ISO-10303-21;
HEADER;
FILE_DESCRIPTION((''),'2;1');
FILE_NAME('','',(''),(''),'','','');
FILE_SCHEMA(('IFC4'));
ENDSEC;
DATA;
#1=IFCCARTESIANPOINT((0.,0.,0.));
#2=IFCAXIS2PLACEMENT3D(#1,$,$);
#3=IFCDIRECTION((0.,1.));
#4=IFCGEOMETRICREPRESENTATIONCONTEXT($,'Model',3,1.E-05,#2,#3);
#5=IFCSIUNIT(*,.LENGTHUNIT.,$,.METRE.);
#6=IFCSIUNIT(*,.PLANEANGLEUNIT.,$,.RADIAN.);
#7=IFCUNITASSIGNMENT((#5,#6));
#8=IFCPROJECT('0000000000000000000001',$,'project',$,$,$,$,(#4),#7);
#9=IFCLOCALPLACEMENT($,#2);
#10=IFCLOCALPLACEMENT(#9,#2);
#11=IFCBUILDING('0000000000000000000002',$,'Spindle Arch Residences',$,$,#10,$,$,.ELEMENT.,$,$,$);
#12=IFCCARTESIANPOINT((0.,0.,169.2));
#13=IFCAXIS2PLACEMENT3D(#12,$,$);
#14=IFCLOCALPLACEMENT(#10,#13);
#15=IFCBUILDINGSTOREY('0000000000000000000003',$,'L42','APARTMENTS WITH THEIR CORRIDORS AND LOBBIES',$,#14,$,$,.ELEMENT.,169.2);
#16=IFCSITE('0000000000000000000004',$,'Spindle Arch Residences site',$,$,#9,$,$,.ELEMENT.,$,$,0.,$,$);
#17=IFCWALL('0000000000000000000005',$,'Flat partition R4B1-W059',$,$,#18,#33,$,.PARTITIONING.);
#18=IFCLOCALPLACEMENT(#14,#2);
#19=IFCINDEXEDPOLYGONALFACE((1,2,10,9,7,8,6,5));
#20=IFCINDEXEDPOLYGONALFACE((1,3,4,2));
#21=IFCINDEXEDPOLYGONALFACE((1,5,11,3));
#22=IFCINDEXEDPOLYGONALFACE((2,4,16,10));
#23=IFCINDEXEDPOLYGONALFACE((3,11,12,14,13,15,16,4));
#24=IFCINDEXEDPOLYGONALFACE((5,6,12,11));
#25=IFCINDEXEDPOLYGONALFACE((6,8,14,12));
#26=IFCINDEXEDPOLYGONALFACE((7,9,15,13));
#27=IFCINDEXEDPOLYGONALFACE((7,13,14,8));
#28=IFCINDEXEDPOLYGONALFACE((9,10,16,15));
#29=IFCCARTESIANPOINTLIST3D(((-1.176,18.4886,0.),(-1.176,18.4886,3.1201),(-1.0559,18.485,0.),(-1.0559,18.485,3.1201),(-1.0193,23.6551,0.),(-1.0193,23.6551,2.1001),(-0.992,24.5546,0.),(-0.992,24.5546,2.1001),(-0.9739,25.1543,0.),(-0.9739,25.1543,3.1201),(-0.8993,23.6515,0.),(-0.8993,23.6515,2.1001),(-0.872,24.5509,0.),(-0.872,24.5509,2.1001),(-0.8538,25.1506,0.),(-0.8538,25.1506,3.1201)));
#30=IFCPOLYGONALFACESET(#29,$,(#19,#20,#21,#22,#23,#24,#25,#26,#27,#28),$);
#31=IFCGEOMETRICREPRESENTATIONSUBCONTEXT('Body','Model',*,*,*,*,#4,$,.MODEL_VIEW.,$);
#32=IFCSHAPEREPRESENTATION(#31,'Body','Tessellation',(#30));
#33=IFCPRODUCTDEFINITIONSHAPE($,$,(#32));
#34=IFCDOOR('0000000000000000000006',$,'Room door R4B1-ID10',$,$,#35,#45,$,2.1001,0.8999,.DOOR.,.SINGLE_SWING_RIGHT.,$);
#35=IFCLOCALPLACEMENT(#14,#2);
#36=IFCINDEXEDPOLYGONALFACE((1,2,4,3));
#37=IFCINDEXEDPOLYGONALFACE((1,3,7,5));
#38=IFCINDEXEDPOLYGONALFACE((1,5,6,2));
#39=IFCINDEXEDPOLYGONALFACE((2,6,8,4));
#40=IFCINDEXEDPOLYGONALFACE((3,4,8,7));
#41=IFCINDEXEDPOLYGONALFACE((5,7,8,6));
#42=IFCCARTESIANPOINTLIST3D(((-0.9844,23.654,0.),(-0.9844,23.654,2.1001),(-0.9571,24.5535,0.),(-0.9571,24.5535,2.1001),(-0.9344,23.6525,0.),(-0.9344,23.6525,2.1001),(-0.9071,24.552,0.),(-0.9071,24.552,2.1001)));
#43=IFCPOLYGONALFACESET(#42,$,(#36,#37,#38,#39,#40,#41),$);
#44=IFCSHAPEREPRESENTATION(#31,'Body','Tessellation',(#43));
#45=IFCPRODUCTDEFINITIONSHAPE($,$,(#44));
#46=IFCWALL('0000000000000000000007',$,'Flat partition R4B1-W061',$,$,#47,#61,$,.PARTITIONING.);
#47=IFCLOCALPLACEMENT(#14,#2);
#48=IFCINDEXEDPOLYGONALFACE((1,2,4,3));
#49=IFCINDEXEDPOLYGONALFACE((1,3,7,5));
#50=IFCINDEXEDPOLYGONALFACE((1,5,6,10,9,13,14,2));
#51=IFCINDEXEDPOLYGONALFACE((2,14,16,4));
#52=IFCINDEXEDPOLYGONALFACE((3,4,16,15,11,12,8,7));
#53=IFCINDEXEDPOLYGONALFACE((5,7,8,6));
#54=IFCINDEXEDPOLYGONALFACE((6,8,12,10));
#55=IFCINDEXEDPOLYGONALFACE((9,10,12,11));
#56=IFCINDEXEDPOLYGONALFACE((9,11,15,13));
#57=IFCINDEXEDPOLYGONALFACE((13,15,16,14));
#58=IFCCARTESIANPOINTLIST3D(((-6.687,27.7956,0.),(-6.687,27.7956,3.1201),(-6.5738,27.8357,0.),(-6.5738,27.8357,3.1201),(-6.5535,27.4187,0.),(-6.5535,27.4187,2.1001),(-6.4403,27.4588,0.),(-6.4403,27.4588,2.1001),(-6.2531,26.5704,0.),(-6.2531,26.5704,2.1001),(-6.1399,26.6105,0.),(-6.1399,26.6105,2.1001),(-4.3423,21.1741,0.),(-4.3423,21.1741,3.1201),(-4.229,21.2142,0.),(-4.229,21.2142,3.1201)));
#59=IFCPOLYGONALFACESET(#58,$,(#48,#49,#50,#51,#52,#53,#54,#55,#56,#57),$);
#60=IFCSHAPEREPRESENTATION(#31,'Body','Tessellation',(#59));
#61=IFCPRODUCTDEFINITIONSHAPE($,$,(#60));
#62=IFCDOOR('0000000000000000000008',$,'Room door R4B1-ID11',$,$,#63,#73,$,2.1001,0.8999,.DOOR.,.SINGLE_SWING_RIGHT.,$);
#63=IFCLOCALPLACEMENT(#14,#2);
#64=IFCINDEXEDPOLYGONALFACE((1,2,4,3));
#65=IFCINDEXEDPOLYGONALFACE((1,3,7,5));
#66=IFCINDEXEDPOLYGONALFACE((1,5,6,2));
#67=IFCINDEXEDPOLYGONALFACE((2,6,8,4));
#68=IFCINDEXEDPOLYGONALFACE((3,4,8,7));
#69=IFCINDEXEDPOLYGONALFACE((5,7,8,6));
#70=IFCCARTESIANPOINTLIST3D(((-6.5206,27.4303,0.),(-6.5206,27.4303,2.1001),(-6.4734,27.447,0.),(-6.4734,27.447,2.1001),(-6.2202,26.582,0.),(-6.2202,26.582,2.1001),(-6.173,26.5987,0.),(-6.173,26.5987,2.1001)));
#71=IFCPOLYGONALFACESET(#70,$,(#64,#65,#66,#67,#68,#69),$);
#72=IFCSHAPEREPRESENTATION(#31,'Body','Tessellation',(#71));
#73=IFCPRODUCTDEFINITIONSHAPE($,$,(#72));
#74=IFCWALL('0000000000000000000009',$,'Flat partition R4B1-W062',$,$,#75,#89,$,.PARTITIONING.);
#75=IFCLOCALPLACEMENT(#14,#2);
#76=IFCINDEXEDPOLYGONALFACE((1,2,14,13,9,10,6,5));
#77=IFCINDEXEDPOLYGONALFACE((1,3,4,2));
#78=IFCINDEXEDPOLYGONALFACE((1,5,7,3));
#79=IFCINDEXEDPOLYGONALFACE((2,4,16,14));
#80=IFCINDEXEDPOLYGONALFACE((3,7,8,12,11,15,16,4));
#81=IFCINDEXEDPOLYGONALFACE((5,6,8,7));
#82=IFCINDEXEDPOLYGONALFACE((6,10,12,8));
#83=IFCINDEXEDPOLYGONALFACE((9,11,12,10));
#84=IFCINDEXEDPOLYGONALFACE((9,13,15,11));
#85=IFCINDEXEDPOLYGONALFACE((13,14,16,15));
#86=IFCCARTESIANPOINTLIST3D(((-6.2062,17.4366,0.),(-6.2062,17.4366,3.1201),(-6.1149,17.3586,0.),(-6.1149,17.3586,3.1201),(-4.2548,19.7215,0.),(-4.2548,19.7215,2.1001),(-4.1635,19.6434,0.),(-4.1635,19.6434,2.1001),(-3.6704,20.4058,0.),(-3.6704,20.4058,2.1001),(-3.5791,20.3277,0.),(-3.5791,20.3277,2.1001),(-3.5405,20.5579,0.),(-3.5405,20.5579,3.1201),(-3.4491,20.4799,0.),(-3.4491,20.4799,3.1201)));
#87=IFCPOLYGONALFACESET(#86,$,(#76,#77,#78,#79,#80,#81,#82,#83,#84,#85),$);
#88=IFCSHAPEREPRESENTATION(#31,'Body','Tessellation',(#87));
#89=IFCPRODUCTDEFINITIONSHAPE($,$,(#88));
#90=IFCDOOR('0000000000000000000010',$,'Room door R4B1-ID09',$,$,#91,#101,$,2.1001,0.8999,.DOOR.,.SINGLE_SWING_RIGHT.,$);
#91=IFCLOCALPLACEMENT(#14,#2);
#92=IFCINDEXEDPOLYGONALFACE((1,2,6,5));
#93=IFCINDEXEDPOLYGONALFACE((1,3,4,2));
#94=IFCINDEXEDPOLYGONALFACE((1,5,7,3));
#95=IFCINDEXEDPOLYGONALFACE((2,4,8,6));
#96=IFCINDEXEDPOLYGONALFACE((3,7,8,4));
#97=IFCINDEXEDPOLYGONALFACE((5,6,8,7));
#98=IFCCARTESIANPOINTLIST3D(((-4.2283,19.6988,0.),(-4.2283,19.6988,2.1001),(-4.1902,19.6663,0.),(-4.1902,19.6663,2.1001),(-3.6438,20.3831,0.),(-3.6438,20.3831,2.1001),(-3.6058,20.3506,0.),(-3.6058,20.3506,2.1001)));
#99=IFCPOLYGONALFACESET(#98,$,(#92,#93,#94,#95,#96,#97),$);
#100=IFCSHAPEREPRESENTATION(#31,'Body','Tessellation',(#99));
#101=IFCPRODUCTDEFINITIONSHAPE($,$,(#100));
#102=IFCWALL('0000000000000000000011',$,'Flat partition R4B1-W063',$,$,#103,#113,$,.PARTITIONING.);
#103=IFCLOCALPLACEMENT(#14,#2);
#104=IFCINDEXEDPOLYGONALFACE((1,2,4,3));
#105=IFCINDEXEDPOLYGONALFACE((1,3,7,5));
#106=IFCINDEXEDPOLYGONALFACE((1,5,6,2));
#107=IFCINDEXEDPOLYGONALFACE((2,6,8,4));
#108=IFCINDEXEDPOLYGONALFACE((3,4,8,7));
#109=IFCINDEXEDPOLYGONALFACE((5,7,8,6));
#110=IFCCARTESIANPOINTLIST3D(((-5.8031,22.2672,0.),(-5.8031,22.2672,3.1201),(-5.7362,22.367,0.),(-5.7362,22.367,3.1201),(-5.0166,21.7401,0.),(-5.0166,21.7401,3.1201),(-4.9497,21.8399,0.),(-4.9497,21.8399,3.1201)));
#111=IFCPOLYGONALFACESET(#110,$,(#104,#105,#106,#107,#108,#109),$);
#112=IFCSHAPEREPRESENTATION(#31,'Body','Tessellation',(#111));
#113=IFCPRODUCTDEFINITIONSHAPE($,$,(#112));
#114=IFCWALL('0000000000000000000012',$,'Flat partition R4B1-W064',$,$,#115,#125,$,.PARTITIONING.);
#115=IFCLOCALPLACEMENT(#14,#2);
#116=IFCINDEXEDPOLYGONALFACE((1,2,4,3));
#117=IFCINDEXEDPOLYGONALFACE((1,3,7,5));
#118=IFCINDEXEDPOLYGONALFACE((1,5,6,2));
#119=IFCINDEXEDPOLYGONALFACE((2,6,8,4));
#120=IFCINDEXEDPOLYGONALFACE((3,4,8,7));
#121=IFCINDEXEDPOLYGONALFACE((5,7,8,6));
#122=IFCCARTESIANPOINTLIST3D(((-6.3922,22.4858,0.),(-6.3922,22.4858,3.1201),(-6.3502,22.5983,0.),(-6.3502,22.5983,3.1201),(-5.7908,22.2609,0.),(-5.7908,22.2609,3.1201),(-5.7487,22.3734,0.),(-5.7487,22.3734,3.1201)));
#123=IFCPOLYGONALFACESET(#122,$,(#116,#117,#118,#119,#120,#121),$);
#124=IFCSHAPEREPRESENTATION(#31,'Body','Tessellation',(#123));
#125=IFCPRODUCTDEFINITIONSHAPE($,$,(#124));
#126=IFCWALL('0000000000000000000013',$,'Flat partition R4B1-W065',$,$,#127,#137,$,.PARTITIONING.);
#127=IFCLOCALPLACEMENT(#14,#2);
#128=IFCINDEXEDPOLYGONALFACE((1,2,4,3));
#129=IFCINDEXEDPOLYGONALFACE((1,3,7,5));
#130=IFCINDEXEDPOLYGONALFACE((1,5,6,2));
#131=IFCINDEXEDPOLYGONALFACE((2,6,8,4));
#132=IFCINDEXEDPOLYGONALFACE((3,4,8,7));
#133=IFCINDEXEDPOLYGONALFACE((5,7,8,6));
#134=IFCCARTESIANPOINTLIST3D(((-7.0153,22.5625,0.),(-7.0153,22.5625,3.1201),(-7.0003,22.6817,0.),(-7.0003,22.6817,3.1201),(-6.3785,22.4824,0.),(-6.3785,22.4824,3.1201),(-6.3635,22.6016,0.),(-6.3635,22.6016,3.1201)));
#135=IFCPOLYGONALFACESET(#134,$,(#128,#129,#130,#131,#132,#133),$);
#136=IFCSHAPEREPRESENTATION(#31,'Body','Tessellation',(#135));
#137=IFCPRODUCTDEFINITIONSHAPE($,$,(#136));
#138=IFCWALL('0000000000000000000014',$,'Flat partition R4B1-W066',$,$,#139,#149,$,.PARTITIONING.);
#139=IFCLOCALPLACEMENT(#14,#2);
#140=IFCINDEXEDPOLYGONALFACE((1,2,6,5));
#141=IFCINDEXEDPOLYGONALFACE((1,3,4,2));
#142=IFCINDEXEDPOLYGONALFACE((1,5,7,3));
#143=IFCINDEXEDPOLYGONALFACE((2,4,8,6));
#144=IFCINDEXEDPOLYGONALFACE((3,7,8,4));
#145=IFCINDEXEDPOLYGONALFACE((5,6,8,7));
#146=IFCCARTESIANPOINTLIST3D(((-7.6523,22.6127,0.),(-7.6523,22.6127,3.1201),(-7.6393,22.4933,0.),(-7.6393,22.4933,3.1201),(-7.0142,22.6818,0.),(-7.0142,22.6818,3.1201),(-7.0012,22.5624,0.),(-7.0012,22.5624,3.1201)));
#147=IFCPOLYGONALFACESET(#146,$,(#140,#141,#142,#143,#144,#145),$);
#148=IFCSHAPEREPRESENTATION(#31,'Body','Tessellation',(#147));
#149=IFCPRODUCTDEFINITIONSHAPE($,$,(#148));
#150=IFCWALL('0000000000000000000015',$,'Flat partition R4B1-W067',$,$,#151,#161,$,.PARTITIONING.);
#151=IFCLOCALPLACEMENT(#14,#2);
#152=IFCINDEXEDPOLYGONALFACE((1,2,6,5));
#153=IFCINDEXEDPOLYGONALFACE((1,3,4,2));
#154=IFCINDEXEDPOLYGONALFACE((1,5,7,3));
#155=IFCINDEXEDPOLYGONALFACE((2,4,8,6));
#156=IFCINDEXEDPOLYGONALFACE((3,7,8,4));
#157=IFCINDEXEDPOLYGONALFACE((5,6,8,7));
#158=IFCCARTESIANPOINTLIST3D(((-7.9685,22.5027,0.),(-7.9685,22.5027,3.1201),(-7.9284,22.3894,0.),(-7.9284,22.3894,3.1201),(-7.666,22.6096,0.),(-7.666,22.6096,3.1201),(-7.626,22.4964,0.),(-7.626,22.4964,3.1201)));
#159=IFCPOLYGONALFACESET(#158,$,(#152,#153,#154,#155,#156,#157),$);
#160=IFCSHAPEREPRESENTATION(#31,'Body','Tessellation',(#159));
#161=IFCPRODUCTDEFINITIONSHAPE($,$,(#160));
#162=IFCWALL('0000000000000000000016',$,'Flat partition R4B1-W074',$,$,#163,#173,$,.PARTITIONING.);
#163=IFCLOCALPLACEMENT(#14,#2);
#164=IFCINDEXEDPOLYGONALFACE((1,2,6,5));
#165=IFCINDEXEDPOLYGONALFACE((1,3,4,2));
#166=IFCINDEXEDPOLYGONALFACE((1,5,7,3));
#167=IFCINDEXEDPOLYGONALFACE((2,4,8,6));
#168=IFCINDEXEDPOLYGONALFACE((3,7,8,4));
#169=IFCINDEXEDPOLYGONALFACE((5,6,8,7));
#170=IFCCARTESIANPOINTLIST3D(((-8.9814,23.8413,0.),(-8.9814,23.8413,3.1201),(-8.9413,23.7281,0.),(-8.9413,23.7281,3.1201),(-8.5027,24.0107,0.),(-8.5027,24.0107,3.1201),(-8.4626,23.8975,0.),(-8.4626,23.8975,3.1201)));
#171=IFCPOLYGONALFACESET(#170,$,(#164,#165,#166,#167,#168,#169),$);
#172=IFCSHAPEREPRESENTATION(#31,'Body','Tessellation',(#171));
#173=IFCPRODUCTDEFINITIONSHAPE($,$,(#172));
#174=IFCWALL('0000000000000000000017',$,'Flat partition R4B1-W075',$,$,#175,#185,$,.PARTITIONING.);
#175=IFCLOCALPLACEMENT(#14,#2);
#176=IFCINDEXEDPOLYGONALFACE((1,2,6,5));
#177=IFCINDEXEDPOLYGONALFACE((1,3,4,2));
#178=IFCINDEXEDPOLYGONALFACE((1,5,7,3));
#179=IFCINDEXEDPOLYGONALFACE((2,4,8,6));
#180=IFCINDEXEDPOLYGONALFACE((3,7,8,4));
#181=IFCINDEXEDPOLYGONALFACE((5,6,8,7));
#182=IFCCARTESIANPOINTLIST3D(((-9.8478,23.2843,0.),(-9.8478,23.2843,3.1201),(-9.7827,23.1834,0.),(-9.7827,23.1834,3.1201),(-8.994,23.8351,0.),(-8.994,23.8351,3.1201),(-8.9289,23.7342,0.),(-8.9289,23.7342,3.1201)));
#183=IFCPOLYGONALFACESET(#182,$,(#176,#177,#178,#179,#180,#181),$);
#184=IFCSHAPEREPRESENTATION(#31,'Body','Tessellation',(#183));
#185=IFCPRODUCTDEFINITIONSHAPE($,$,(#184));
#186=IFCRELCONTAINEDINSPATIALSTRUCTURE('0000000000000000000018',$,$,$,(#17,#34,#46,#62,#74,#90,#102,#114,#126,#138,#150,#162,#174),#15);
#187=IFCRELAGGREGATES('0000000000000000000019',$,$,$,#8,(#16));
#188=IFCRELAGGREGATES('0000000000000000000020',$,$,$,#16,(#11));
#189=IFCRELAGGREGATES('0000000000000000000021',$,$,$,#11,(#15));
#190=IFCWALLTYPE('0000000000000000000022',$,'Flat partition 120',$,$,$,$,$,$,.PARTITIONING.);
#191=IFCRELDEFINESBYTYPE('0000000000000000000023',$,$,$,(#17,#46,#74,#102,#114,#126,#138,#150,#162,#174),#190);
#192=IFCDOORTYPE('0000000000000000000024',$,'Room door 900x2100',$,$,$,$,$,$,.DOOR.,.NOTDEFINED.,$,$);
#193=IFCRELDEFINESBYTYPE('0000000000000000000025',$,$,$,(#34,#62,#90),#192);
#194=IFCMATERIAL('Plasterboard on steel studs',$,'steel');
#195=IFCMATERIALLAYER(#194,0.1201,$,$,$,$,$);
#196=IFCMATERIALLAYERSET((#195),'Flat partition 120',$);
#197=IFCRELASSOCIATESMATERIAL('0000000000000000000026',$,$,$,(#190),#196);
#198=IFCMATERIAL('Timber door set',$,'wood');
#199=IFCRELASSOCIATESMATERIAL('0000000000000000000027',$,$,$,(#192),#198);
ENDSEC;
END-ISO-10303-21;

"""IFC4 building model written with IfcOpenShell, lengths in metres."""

from ifc_helpers import new_model, si_unit, direction, frame, frame_2d, origin, place, context, subcontext, project, spatial, rectangle, extrude, material, layer, layer_set, type_object, element, fill, save


model = new_model("IFC4")

# Units and contexts
model_context = context("Model", 3, precision=1e-05, world=origin(), true_north=direction((0.0, 1.0)))
body_context = subcontext(model_context, "Body", "Model", "MODEL_VIEW")
ifc_project = project(units=[si_unit("LENGTHUNIT", "METRE"), si_unit("PLANEANGLEUNIT", "RADIAN")], contexts=[model_context])

# Site, building, storey
site_placement = place(None, origin())
site = spatial("IfcSite", under=ifc_project, at=site_placement, Name="Spindle Arch Residences site", CompositionType="ELEMENT", RefElevation=0.0)
building_placement = place(site_placement, origin())
building = spatial("IfcBuilding", under=site, at=building_placement, Name="Spindle Arch Residences", CompositionType="ELEMENT")
storey_placement = place(building_placement, frame((0.0, 0.0, 169.2)))
storey = spatial("IfcBuildingStorey", under=building, at=storey_placement, Name="L42", Description="APARTMENTS WITH THEIR CORRIDORS AND LOBBIES", CompositionType="ELEMENT", Elevation=169.2)

# Shared definitions
ifc_material_1 = material(Name="Plasterboard on steel studs", Category="steel")
ifc_layer_1 = layer(ifc_material_1, 0.1201)
ifc_layer_set_1 = layer_set([ifc_layer_1], Name="Flat partition 120")
wall_type_1 = type_object("IfcWallType", Name="Flat partition 120", PredefinedType="PARTITIONING", material=ifc_layer_set_1)

# Walls, openings, doors
wall_1_placement = place(storey_placement, frame((-0.9138, 25.1526, 0.0), z_axis=(0.0, 0.0, 1.0), x_axis=(-0.030314, -0.99954, 0.0)))
wall_1 = element("IfcWall", 1, at=wall_1_placement, inside=storey, type_object=wall_type_1, Name="Flat partition R4B1-W059", PredefinedType="PARTITIONING", context=body_context, shape_type="SweptSolid", body=[
    extrude(rectangle(XDim=6.6687, YDim=0.1201, at=frame_2d((3.3345, 0.0))), origin(), (0.0, 0.0, 1.0), 3.1201),
])
opening_1_placement = place(wall_1_placement, frame((0.6001, 0.0, 0.0)))
opening_1 = element("IfcOpeningElement", 2, at=opening_1_placement, cuts=wall_1, PredefinedType="OPENING", context=body_context, shape_type="SweptSolid", body=[
    extrude(rectangle(XDim=0.8999, YDim=2.1001, at=frame_2d((0.45, 1.05))), frame((0.0, 0.0701, 0.0), z_axis=(0.0, -1.0, 0.0), x_axis=(1.0, 0.0, 0.0)), (0.0, 0.0, 1.0), 0.1401),
])
ifc_material_2 = material(Name="Timber door set", Category="wood")
door_type = type_object("IfcDoorType", Name="Room door 900x2100", OperationType="NOTDEFINED", PredefinedType="DOOR", material=ifc_material_2)
door_1_placement = place(opening_1_placement, origin())
door_1 = element("IfcDoor", 3, at=door_1_placement, inside=storey, type_object=door_type, Name="Room door R4B1-ID10", OperationType="SINGLE_SWING_RIGHT", OverallHeight=2.1001, OverallWidth=0.8999, PredefinedType="DOOR", context=body_context, shape_type="SweptSolid", body=[
    extrude(rectangle(XDim=0.8999, YDim=2.1001, at=frame_2d((0.45, 1.05))), frame((0.0, 0.0249, 0.0), z_axis=(0.0, -1.0, 0.0), x_axis=(1.0, 0.0, 0.0)), (0.0, 0.0, 1.0), 0.05),
])
fill(opening_1, door_1)
wall_2_placement = place(storey_placement, frame((-6.6304, 27.8157, 0.0), z_axis=(0.0, 0.0, 1.0), x_axis=(0.333794, -0.942646, 0.0)))
wall_2 = element("IfcWall", 4, at=wall_2_placement, inside=storey, type_object=wall_type_1, Name="Flat partition R4B1-W061", PredefinedType="PARTITIONING", context=body_context, shape_type="SweptSolid", body=[
    extrude(rectangle(XDim=7.0244, YDim=0.1201, at=frame_2d((3.5122, 0.0))), origin(), (0.0, 0.0, 1.0), 3.1201),
])
opening_2_placement = place(wall_2_placement, frame((0.3999, 0.0, 0.0)))
opening_2 = element("IfcOpeningElement", 5, at=opening_2_placement, cuts=wall_2, PredefinedType="OPENING", context=body_context, shape_type="SweptSolid", body=[
    extrude(rectangle(XDim=0.8999, YDim=2.1001, at=frame_2d((0.45, 1.05))), frame((0.0, 0.0701, 0.0), z_axis=(0.0, -1.0, 0.0), x_axis=(1.0, 0.0, 0.0)), (0.0, 0.0, 1.0), 0.1401),
])
door_2_placement = place(opening_2_placement, origin())
door_2 = element("IfcDoor", 6, at=door_2_placement, inside=storey, type_object=door_type, Name="Room door R4B1-ID11", OperationType="SINGLE_SWING_RIGHT", OverallHeight=2.1001, OverallWidth=0.8999, PredefinedType="DOOR", context=body_context, shape_type="SweptSolid", body=[
    extrude(rectangle(XDim=0.8999, YDim=2.1001, at=frame_2d((0.45, 1.05))), frame((0.0, 0.0249, 0.0), z_axis=(0.0, -1.0, 0.0), x_axis=(1.0, 0.0, 0.0)), (0.0, 0.0, 1.0), 0.05),
])
fill(opening_2, door_2)
wall_3_placement = place(storey_placement, frame((-3.4949, 20.5188, 0.0), z_axis=(0.0, 0.0, 1.0), x_axis=(-0.649434, -0.760418, 0.0)))
wall_3 = element("IfcWall", 7, at=wall_3_placement, inside=storey, type_object=wall_type_1, Name="Flat partition R4B1-W062", PredefinedType="PARTITIONING", context=body_context, shape_type="SweptSolid", body=[
    extrude(rectangle(XDim=4.1047, YDim=0.1201, at=frame_2d((2.0522, 0.0))), origin(), (0.0, 0.0, 1.0), 3.1201),
])
opening_3_placement = place(wall_3_placement, frame((0.2, 0.0, 0.0)))
opening_3 = element("IfcOpeningElement", 8, at=opening_3_placement, cuts=wall_3, PredefinedType="OPENING", context=body_context, shape_type="SweptSolid", body=[
    extrude(rectangle(XDim=0.8999, YDim=2.1001, at=frame_2d((0.45, 1.05))), frame((0.0, 0.0701, 0.0), z_axis=(0.0, -1.0, 0.0), x_axis=(1.0, 0.0, 0.0)), (0.0, 0.0, 1.0), 0.1401),
])
door_3_placement = place(opening_3_placement, origin())
door_3 = element("IfcDoor", 9, at=door_3_placement, inside=storey, type_object=door_type, Name="Room door R4B1-ID09", OperationType="SINGLE_SWING_RIGHT", OverallHeight=2.1001, OverallWidth=0.8999, PredefinedType="DOOR", context=body_context, shape_type="SweptSolid", body=[
    extrude(rectangle(XDim=0.8999, YDim=2.1001, at=frame_2d((0.45, 1.05))), frame((0.0, 0.0249, 0.0), z_axis=(0.0, -1.0, 0.0), x_axis=(1.0, 0.0, 0.0)), (0.0, 0.0, 1.0), 0.05),
])
fill(opening_3, door_3)

# Walls
wall_4_placement = place(storey_placement, frame((-4.9832, 21.79, 0.0), z_axis=(0.0, 0.0, 1.0), x_axis=(-0.830739, 0.556662, 0.0)))
element("IfcWall", 10, at=wall_4_placement, inside=storey, type_object=wall_type_1, Name="Flat partition R4B1-W063", PredefinedType="PARTITIONING", context=body_context, shape_type="SweptSolid", body=[
    extrude(rectangle(XDim=0.9468, YDim=0.1201, at=frame_2d((0.4734, 0.0))), origin(), (0.0, 0.0, 1.0), 3.1201),
])
wall_5_placement = place(storey_placement, frame((-5.7698, 22.3171, 0.0), z_axis=(0.0, 0.0, 1.0), x_axis=(-0.936657, 0.350248, 0.0)))
element("IfcWall", 11, at=wall_5_placement, inside=storey, type_object=wall_type_1, Name="Flat partition R4B1-W064", PredefinedType="PARTITIONING", context=body_context, shape_type="SweptSolid", body=[
    extrude(rectangle(XDim=0.6421, YDim=0.1201, at=frame_2d((0.321, 0.0))), origin(), (0.0, 0.0, 1.0), 3.1201),
])
for number, where, z_axis, x_axis, name in (
    (12, (-6.3711, 22.542, 0.0), (0.0, 0.0, 1.0), (-0.992184, 0.124784, 0.0), "Flat partition R4B1-W065"),
    (13, (-7.0078, 22.6221, 0.0), (0.0, 0.0, 1.0), (-0.994191, -0.107634, 0.0), "Flat partition R4B1-W066"),
):
    element("IfcWall", number, at=place(storey_placement, frame(where, z_axis=z_axis, x_axis=x_axis)), inside=storey, type_object=wall_type_1, Name=name, PredefinedType="PARTITIONING", context=body_context, shape_type="SweptSolid", body=[
        extrude(rectangle(XDim=0.6418, YDim=0.1201, at=frame_2d((0.3208, 0.0))), origin(), (0.0, 0.0, 1.0), 3.1201),
    ])
wall_6_placement = place(storey_placement, frame((-7.646, 22.553, 0.0), z_axis=(0.0, 0.0, 1.0), x_axis=(-0.942822, -0.333298, 0.0)))
element("IfcWall", 14, at=wall_6_placement, inside=storey, type_object=wall_type_1, Name="Flat partition R4B1-W067", PredefinedType="PARTITIONING", context=body_context, shape_type="SweptSolid", body=[
    extrude(rectangle(XDim=0.3208, YDim=0.1201, at=frame_2d((0.1604, 0.0))), origin(), (0.0, 0.0, 1.0), 3.1201),
])
wall_7_placement = place(storey_placement, frame((-8.4827, 23.9541, 0.0), z_axis=(0.0, 0.0, 1.0), x_axis=(-0.942706, -0.333625, 0.0)))
element("IfcWall", 15, at=wall_7_placement, inside=storey, type_object=wall_type_1, Name="Flat partition R4B1-W074", PredefinedType="PARTITIONING", context=body_context, shape_type="SweptSolid", body=[
    extrude(rectangle(XDim=0.5078, YDim=0.1201, at=frame_2d((0.2539, 0.0))), origin(), (0.0, 0.0, 1.0), 3.1201),
])
wall_8_placement = place(storey_placement, frame((-8.9614, 23.7847, 0.0), z_axis=(0.0, 0.0, 1.0), x_axis=(-0.840311, -0.542105, 0.0)))
element("IfcWall", 16, at=wall_8_placement, inside=storey, type_object=wall_type_1, Name="Flat partition R4B1-W075", PredefinedType="PARTITIONING", context=body_context, shape_type="SweptSolid", body=[
    extrude(rectangle(XDim=1.0161, YDim=0.1201, at=frame_2d((0.5081, 0.0))), origin(), (0.0, 0.0, 1.0), 3.1201),
])

save(model, "model.ifc")
